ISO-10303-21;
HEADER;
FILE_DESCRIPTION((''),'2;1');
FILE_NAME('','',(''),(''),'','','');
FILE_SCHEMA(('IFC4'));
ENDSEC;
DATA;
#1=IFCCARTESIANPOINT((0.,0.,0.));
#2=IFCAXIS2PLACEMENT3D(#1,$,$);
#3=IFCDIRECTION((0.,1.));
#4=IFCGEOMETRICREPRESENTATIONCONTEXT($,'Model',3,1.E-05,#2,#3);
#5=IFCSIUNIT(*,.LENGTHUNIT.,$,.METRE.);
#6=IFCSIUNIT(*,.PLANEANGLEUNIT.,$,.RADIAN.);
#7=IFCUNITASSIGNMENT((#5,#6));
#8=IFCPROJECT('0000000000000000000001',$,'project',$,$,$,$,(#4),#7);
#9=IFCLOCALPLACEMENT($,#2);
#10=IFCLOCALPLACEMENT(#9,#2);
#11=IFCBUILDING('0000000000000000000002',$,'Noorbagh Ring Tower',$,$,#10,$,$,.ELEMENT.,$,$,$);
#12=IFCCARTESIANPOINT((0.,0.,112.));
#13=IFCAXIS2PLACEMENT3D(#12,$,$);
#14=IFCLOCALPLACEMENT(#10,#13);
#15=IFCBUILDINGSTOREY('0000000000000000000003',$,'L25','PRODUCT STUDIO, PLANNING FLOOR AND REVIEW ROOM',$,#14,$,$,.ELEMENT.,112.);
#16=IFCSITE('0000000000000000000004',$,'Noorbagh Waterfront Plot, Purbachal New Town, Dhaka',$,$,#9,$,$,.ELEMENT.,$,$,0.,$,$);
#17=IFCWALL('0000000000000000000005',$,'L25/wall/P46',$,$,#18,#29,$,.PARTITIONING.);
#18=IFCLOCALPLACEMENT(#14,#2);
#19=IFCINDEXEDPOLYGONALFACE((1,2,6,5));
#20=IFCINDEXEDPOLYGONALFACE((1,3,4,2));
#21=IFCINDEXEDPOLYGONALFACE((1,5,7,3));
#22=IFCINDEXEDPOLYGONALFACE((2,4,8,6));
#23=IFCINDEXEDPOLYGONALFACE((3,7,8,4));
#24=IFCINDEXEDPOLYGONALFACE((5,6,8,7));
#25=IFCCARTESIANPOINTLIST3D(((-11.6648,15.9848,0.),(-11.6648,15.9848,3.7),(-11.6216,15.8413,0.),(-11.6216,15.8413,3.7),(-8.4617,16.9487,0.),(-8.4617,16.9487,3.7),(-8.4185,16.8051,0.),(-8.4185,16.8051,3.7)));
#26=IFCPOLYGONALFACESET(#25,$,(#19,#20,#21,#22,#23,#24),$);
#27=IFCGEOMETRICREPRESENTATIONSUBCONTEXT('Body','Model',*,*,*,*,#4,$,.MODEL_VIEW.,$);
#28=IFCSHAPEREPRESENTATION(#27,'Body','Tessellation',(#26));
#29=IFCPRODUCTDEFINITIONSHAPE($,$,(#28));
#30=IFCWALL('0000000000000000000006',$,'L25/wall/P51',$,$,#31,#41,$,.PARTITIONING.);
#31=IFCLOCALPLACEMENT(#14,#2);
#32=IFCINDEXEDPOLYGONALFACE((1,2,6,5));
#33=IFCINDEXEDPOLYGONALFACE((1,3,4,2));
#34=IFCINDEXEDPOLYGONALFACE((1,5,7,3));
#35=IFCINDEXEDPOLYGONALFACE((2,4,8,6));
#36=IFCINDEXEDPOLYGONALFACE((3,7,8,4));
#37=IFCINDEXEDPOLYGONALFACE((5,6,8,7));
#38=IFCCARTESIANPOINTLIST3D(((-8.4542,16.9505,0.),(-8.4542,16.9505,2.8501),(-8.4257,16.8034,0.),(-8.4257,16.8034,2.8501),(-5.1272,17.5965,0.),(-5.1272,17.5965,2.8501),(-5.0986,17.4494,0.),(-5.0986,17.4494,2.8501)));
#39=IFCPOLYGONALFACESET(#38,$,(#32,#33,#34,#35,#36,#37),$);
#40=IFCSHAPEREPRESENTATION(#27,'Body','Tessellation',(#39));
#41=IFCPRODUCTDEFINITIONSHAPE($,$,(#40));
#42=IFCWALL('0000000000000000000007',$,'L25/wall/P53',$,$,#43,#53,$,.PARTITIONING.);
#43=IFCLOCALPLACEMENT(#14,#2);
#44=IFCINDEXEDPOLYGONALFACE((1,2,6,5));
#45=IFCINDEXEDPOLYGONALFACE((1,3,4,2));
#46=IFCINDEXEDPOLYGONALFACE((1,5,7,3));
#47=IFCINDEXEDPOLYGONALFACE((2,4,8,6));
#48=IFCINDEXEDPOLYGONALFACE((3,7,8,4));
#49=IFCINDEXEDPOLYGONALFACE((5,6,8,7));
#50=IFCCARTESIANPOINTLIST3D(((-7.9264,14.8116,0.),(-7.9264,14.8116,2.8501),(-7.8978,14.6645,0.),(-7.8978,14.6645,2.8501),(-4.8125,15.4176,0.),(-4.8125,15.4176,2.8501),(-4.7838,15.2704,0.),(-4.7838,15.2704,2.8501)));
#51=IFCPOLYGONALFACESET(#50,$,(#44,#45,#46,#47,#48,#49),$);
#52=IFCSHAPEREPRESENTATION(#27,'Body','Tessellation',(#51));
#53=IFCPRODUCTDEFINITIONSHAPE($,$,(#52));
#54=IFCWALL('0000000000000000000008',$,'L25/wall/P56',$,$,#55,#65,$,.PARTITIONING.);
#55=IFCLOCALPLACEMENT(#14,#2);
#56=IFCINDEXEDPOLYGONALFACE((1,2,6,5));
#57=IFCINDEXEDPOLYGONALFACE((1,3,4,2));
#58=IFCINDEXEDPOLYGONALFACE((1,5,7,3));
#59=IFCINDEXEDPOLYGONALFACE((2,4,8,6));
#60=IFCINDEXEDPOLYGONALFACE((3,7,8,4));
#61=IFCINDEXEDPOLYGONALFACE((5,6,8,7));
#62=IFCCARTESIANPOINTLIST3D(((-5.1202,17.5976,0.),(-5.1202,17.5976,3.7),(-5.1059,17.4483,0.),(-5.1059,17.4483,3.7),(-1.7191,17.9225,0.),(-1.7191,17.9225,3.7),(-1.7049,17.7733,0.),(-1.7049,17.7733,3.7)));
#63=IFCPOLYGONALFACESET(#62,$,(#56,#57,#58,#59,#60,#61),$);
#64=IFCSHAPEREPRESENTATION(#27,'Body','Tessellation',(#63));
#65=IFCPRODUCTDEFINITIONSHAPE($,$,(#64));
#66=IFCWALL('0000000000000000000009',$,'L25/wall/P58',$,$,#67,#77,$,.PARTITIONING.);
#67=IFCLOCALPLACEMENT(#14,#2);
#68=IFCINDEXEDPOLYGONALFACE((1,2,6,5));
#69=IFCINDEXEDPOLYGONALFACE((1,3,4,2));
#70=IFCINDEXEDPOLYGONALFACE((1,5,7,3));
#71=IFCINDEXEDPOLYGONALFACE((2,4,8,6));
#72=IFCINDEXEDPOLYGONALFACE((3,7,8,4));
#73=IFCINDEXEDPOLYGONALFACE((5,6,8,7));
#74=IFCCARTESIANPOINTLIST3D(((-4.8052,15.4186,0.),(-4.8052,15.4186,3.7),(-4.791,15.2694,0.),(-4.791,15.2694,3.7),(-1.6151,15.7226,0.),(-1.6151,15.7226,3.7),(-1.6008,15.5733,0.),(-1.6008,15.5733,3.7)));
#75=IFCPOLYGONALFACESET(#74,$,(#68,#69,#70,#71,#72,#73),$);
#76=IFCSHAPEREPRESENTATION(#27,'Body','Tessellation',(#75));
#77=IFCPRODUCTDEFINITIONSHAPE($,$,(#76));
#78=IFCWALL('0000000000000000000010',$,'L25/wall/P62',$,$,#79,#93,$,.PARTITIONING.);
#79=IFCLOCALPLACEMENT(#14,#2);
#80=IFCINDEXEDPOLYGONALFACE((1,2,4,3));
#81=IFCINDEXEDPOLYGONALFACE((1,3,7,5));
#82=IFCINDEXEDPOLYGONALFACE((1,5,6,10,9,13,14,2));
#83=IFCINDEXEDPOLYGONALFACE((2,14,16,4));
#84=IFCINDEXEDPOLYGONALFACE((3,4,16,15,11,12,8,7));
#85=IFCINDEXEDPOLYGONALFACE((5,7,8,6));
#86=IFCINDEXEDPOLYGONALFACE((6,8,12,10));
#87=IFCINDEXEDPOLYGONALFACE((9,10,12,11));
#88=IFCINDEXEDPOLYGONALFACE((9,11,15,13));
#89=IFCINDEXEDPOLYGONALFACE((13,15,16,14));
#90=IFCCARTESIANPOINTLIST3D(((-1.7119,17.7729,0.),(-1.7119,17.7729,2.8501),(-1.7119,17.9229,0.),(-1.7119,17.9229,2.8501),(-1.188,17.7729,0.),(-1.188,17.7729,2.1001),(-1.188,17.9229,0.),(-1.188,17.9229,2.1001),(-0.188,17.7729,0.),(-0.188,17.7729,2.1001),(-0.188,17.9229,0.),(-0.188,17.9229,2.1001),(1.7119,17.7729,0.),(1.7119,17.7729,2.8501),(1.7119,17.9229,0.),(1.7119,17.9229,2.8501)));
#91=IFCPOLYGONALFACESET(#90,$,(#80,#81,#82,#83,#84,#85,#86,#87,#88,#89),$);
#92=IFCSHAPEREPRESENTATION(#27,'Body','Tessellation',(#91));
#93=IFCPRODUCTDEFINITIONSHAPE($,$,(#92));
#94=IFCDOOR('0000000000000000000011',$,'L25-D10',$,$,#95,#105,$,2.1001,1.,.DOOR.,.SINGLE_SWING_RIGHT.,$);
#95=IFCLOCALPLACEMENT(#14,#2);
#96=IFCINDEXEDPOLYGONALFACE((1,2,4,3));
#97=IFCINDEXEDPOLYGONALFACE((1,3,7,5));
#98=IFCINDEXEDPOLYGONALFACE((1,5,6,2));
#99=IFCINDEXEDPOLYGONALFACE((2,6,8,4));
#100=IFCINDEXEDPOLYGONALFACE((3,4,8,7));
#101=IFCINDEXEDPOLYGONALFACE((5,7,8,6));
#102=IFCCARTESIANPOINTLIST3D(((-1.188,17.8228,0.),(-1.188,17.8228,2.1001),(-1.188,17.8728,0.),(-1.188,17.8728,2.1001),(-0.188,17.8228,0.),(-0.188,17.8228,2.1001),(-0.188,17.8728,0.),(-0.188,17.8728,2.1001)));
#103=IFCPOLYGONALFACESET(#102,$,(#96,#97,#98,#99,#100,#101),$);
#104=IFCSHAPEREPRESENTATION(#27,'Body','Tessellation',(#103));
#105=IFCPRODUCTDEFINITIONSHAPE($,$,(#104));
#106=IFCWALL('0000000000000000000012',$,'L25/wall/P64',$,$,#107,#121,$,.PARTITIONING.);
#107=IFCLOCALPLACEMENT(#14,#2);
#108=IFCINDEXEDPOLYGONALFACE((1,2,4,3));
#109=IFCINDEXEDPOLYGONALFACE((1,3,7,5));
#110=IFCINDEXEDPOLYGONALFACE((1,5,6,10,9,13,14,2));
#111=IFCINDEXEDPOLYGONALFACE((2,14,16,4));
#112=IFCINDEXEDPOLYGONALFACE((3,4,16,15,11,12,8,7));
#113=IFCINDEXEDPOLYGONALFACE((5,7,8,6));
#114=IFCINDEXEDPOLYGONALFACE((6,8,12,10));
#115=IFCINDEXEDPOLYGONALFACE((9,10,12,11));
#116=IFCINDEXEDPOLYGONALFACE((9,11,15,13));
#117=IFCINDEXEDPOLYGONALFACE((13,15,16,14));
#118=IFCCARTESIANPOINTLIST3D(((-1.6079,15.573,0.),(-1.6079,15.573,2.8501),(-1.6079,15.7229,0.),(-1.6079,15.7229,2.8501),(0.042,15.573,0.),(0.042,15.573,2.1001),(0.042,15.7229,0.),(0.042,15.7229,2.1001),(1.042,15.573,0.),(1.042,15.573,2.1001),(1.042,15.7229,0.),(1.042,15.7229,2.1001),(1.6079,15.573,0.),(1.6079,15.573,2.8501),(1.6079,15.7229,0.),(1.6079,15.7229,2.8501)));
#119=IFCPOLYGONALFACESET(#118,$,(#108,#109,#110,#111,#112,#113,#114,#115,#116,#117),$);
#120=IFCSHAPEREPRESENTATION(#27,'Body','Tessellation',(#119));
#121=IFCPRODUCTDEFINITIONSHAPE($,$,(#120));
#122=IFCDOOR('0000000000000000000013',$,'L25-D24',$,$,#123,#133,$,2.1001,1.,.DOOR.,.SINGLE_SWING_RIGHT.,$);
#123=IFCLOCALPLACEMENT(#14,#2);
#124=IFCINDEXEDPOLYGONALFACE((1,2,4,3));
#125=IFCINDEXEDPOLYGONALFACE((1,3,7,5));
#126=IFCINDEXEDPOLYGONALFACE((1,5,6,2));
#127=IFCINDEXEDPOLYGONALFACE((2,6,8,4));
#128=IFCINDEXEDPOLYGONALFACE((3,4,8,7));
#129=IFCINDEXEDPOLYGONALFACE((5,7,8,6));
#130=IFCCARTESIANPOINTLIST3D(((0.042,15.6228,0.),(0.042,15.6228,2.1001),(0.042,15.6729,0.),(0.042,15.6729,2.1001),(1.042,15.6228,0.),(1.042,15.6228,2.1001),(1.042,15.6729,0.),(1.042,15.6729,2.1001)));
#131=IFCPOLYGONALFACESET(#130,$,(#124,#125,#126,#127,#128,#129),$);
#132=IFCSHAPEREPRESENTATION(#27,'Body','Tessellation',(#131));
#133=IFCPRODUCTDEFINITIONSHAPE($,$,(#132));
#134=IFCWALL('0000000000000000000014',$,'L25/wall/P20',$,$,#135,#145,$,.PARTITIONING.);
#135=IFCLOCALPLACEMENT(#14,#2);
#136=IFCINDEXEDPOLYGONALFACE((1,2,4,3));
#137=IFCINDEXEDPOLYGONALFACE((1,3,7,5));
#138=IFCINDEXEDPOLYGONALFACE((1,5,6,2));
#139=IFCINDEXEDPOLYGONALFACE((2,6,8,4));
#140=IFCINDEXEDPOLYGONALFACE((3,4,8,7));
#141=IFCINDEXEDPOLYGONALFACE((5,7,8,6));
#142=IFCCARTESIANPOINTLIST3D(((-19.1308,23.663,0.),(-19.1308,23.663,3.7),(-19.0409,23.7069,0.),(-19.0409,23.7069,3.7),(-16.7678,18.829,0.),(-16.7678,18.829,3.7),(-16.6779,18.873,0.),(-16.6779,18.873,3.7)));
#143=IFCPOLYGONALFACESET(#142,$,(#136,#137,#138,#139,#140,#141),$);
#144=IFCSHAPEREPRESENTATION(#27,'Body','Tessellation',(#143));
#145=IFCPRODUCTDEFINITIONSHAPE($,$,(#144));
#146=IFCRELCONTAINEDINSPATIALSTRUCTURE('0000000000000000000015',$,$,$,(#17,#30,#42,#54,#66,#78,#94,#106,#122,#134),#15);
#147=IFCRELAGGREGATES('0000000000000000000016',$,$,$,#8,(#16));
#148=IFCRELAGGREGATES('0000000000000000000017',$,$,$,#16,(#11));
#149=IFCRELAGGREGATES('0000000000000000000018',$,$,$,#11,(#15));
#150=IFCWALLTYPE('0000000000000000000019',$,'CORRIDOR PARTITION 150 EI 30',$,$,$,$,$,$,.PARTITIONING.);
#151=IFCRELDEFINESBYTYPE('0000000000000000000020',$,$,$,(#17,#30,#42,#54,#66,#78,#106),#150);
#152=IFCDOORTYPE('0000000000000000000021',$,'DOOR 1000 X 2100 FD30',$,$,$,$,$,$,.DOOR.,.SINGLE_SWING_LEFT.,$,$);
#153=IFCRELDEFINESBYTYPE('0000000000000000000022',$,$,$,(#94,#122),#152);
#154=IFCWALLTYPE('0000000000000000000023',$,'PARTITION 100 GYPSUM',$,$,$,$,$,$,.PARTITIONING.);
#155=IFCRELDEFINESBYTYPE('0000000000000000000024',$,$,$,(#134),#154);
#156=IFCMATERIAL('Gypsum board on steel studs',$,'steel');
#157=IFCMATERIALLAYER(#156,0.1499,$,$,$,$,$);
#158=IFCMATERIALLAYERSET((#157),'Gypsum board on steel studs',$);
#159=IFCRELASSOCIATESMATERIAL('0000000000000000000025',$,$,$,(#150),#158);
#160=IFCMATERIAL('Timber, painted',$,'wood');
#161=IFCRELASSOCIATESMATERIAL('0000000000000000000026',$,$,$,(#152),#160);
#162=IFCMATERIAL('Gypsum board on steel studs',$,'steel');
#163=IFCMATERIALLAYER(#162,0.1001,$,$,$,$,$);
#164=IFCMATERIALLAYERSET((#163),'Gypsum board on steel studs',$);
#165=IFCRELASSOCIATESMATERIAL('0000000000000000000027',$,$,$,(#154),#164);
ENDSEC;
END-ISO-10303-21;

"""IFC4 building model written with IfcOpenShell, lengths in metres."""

from ifc_helpers import new_model, si_unit, direction, frame, frame_2d, origin, place, context, subcontext, project, spatial, rectangle, extrude, material, layer, layer_set, type_object, element, fill, save


model = new_model("IFC4")

# Units and contexts
model_context = context("Model", 3, precision=1e-05, world=origin(), true_north=direction((0.0, 1.0)))
body_context = subcontext(model_context, "Body", "Model", "MODEL_VIEW")
ifc_project = project(units=[si_unit("LENGTHUNIT", "METRE"), si_unit("PLANEANGLEUNIT", "RADIAN")], contexts=[model_context])

# Site, building, storey
site_placement = place(None, origin())
site = spatial("IfcSite", under=ifc_project, at=site_placement, Name="Noorbagh Waterfront Plot, Purbachal New Town, Dhaka", CompositionType="ELEMENT", RefElevation=0.0)
building_placement = place(site_placement, origin())
building = spatial("IfcBuilding", under=site, at=building_placement, Name="Noorbagh Ring Tower", CompositionType="ELEMENT")
storey_placement = place(building_placement, frame((0.0, 0.0, 112.0)))
storey = spatial("IfcBuildingStorey", under=building, at=storey_placement, Name="L25", Description="PRODUCT STUDIO, PLANNING FLOOR AND REVIEW ROOM", CompositionType="ELEMENT", Elevation=112.0)

# Walls
ifc_material_1 = material(Name="Gypsum board on steel studs", Category="steel")
ifc_layer_1 = layer(ifc_material_1, 0.1499)
ifc_layer_set_1 = layer_set([ifc_layer_1], Name="Gypsum board on steel studs")
wall_type_1 = type_object("IfcWallType", Name="CORRIDOR PARTITION 150 EI 30", PredefinedType="PARTITIONING", material=ifc_layer_set_1)
wall_1_placement = place(storey_placement, frame((-11.6431, 15.9131, 0.0), z_axis=(0.0, 0.0, 1.0), x_axis=(0.957585, 0.288151, 0.0)))
element("IfcWall", 1, at=wall_1_placement, inside=storey, type_object=wall_type_1, Name="L25/wall/P46", PredefinedType="PARTITIONING", context=body_context, shape_type="SweptSolid", body=[
    extrude(rectangle(XDim=3.345, YDim=0.1499, at=frame_2d((1.6724, 0.0))), origin(), (0.0, 0.0, 1.0), 3.7),
])
wall_2_placement = place(storey_placement, frame((-8.4399, 16.877, 0.0), z_axis=(0.0, 0.0, 1.0), x_axis=(0.981665, 0.190613, 0.0)))
element("IfcWall", 2, at=wall_2_placement, inside=storey, type_object=wall_type_1, Name="L25/wall/P51", PredefinedType="PARTITIONING", context=body_context, shape_type="SweptSolid", body=[
    extrude(rectangle(XDim=3.3892, YDim=0.1499, at=frame_2d((1.6946, 0.0))), origin(), (0.0, 0.0, 1.0), 2.8501),
])
wall_3_placement = place(storey_placement, frame((-7.9121, 14.738, 0.0), z_axis=(0.0, 0.0, 1.0), x_axis=(0.981589, 0.191008, 0.0)))
element("IfcWall", 3, at=wall_3_placement, inside=storey, type_object=wall_type_1, Name="L25/wall/P53", PredefinedType="PARTITIONING", context=body_context, shape_type="SweptSolid", body=[
    extrude(rectangle(XDim=3.1724, YDim=0.1499, at=frame_2d((1.5862, 0.0))), origin(), (0.0, 0.0, 1.0), 2.8501),
])
wall_4_placement = place(storey_placement, frame((-5.113, 17.5229, 0.0), z_axis=(0.0, 0.0, 1.0), x_axis=(0.995467, 0.095109, 0.0)))
element("IfcWall", 4, at=wall_4_placement, inside=storey, type_object=wall_type_1, Name="L25/wall/P56", PredefinedType="PARTITIONING", context=body_context, shape_type="SweptSolid", body=[
    extrude(rectangle(XDim=3.4165, YDim=0.1499, at=frame_2d((1.7083, 0.0))), origin(), (0.0, 0.0, 1.0), 3.7),
])
wall_5_placement = place(storey_placement, frame((-4.7981, 15.344, 0.0), z_axis=(0.0, 0.0, 1.0), x_axis=(0.995492, 0.094849, 0.0)))
element("IfcWall", 5, at=wall_5_placement, inside=storey, type_object=wall_type_1, Name="L25/wall/P58", PredefinedType="PARTITIONING", context=body_context, shape_type="SweptSolid", body=[
    extrude(rectangle(XDim=3.2046, YDim=0.1499, at=frame_2d((1.6023, 0.0))), origin(), (0.0, 0.0, 1.0), 3.7),
])

# Walls, openings, doors
wall_6_placement = place(storey_placement, frame((-1.7119, 17.8479, 0.0), z_axis=(0.0, 0.0, 1.0), x_axis=(1.0, 0.0, 0.0)))
wall_6 = element("IfcWall", 6, at=wall_6_placement, inside=storey, type_object=wall_type_1, Name="L25/wall/P62", PredefinedType="PARTITIONING", context=body_context, shape_type="SweptSolid", body=[
    extrude(rectangle(XDim=3.4238, YDim=0.1499, at=frame_2d((1.7119, 0.0))), origin(), (0.0, 0.0, 1.0), 2.8501),
])
opening_1_placement = place(wall_6_placement, frame((0.5239, 0.0, 0.0)))
opening_1 = element("IfcOpeningElement", 7, at=opening_1_placement, cuts=wall_6, PredefinedType="OPENING", context=body_context, shape_type="SweptSolid", body=[
    extrude(rectangle(XDim=1.0, YDim=2.1001, at=frame_2d((0.5, 1.05))), frame((0.0, 0.085, 0.0), z_axis=(0.0, -1.0, 0.0), x_axis=(1.0, 0.0, 0.0)), (0.0, 0.0, 1.0), 0.1699),
])
ifc_material_2 = material(Name="Timber, painted", Category="wood")
door_type = type_object("IfcDoorType", Name="DOOR 1000 X 2100 FD30", OperationType="SINGLE_SWING_LEFT", PredefinedType="DOOR", material=ifc_material_2)
door_1_placement = place(opening_1_placement, origin())
door_1 = element("IfcDoor", 8, at=door_1_placement, inside=storey, type_object=door_type, Name="L25-D10", OperationType="SINGLE_SWING_RIGHT", OverallHeight=2.1001, OverallWidth=1.0, PredefinedType="DOOR", context=body_context, shape_type="SweptSolid", body=[
    extrude(rectangle(XDim=1.0, YDim=2.1001, at=frame_2d((0.5, 1.05))), frame((0.0, 0.0249, 0.0), z_axis=(0.0, -1.0, 0.0), x_axis=(1.0, 0.0, 0.0)), (0.0, 0.0, 1.0), 0.05),
])
fill(opening_1, door_1)
wall_7_placement = place(storey_placement, frame((-1.6079, 15.6479, 0.0), z_axis=(0.0, 0.0, 1.0), x_axis=(1.0, 0.0, 0.0)))
wall_7 = element("IfcWall", 9, at=wall_7_placement, inside=storey, type_object=wall_type_1, Name="L25/wall/P64", PredefinedType="PARTITIONING", context=body_context, shape_type="SweptSolid", body=[
    extrude(rectangle(XDim=3.2158, YDim=0.1499, at=frame_2d((1.6079, 0.0))), origin(), (0.0, 0.0, 1.0), 2.8501),
])
opening_2_placement = place(wall_7_placement, frame((1.6499, 0.0, 0.0)))
opening_2 = element("IfcOpeningElement", 10, at=opening_2_placement, cuts=wall_7, PredefinedType="OPENING", context=body_context, shape_type="SweptSolid", body=[
    extrude(rectangle(XDim=1.0, YDim=2.1001, at=frame_2d((0.5, 1.05))), frame((0.0, 0.085, 0.0), z_axis=(0.0, -1.0, 0.0), x_axis=(1.0, 0.0, 0.0)), (0.0, 0.0, 1.0), 0.1699),
])
door_2_placement = place(opening_2_placement, origin())
door_2 = element("IfcDoor", 11, at=door_2_placement, inside=storey, type_object=door_type, Name="L25-D24", OperationType="SINGLE_SWING_RIGHT", OverallHeight=2.1001, OverallWidth=1.0, PredefinedType="DOOR", context=body_context, shape_type="SweptSolid", body=[
    extrude(rectangle(XDim=1.0, YDim=2.1001, at=frame_2d((0.5, 1.05))), frame((0.0, 0.0249, 0.0), z_axis=(0.0, -1.0, 0.0), x_axis=(1.0, 0.0, 0.0)), (0.0, 0.0, 1.0), 0.05),
])
fill(opening_2, door_2)

# Wall
ifc_material_3 = material(Name="Gypsum board on steel studs", Category="steel")
ifc_layer_2 = layer(ifc_material_3, 0.1001)
ifc_layer_set_2 = layer_set([ifc_layer_2], Name="Gypsum board on steel studs")
wall_type_2 = type_object("IfcWallType", Name="PARTITION 100 GYPSUM", PredefinedType="PARTITIONING", material=ifc_layer_set_2)
wall_8_placement = place(storey_placement, frame((-19.0859, 23.6851, 0.0), z_axis=(0.0, 0.0, 1.0), x_axis=(0.439174, -0.898402, 0.0)))
element("IfcWall", 12, at=wall_8_placement, inside=storey, type_object=wall_type_2, Name="L25/wall/P20", PredefinedType="PARTITIONING", context=body_context, shape_type="SweptSolid", body=[
    extrude(rectangle(XDim=5.3806, YDim=0.1001, at=frame_2d((2.6904, 0.0))), origin(), (0.0, 0.0, 1.0), 3.7),
])

save(model, "model.ifc")
